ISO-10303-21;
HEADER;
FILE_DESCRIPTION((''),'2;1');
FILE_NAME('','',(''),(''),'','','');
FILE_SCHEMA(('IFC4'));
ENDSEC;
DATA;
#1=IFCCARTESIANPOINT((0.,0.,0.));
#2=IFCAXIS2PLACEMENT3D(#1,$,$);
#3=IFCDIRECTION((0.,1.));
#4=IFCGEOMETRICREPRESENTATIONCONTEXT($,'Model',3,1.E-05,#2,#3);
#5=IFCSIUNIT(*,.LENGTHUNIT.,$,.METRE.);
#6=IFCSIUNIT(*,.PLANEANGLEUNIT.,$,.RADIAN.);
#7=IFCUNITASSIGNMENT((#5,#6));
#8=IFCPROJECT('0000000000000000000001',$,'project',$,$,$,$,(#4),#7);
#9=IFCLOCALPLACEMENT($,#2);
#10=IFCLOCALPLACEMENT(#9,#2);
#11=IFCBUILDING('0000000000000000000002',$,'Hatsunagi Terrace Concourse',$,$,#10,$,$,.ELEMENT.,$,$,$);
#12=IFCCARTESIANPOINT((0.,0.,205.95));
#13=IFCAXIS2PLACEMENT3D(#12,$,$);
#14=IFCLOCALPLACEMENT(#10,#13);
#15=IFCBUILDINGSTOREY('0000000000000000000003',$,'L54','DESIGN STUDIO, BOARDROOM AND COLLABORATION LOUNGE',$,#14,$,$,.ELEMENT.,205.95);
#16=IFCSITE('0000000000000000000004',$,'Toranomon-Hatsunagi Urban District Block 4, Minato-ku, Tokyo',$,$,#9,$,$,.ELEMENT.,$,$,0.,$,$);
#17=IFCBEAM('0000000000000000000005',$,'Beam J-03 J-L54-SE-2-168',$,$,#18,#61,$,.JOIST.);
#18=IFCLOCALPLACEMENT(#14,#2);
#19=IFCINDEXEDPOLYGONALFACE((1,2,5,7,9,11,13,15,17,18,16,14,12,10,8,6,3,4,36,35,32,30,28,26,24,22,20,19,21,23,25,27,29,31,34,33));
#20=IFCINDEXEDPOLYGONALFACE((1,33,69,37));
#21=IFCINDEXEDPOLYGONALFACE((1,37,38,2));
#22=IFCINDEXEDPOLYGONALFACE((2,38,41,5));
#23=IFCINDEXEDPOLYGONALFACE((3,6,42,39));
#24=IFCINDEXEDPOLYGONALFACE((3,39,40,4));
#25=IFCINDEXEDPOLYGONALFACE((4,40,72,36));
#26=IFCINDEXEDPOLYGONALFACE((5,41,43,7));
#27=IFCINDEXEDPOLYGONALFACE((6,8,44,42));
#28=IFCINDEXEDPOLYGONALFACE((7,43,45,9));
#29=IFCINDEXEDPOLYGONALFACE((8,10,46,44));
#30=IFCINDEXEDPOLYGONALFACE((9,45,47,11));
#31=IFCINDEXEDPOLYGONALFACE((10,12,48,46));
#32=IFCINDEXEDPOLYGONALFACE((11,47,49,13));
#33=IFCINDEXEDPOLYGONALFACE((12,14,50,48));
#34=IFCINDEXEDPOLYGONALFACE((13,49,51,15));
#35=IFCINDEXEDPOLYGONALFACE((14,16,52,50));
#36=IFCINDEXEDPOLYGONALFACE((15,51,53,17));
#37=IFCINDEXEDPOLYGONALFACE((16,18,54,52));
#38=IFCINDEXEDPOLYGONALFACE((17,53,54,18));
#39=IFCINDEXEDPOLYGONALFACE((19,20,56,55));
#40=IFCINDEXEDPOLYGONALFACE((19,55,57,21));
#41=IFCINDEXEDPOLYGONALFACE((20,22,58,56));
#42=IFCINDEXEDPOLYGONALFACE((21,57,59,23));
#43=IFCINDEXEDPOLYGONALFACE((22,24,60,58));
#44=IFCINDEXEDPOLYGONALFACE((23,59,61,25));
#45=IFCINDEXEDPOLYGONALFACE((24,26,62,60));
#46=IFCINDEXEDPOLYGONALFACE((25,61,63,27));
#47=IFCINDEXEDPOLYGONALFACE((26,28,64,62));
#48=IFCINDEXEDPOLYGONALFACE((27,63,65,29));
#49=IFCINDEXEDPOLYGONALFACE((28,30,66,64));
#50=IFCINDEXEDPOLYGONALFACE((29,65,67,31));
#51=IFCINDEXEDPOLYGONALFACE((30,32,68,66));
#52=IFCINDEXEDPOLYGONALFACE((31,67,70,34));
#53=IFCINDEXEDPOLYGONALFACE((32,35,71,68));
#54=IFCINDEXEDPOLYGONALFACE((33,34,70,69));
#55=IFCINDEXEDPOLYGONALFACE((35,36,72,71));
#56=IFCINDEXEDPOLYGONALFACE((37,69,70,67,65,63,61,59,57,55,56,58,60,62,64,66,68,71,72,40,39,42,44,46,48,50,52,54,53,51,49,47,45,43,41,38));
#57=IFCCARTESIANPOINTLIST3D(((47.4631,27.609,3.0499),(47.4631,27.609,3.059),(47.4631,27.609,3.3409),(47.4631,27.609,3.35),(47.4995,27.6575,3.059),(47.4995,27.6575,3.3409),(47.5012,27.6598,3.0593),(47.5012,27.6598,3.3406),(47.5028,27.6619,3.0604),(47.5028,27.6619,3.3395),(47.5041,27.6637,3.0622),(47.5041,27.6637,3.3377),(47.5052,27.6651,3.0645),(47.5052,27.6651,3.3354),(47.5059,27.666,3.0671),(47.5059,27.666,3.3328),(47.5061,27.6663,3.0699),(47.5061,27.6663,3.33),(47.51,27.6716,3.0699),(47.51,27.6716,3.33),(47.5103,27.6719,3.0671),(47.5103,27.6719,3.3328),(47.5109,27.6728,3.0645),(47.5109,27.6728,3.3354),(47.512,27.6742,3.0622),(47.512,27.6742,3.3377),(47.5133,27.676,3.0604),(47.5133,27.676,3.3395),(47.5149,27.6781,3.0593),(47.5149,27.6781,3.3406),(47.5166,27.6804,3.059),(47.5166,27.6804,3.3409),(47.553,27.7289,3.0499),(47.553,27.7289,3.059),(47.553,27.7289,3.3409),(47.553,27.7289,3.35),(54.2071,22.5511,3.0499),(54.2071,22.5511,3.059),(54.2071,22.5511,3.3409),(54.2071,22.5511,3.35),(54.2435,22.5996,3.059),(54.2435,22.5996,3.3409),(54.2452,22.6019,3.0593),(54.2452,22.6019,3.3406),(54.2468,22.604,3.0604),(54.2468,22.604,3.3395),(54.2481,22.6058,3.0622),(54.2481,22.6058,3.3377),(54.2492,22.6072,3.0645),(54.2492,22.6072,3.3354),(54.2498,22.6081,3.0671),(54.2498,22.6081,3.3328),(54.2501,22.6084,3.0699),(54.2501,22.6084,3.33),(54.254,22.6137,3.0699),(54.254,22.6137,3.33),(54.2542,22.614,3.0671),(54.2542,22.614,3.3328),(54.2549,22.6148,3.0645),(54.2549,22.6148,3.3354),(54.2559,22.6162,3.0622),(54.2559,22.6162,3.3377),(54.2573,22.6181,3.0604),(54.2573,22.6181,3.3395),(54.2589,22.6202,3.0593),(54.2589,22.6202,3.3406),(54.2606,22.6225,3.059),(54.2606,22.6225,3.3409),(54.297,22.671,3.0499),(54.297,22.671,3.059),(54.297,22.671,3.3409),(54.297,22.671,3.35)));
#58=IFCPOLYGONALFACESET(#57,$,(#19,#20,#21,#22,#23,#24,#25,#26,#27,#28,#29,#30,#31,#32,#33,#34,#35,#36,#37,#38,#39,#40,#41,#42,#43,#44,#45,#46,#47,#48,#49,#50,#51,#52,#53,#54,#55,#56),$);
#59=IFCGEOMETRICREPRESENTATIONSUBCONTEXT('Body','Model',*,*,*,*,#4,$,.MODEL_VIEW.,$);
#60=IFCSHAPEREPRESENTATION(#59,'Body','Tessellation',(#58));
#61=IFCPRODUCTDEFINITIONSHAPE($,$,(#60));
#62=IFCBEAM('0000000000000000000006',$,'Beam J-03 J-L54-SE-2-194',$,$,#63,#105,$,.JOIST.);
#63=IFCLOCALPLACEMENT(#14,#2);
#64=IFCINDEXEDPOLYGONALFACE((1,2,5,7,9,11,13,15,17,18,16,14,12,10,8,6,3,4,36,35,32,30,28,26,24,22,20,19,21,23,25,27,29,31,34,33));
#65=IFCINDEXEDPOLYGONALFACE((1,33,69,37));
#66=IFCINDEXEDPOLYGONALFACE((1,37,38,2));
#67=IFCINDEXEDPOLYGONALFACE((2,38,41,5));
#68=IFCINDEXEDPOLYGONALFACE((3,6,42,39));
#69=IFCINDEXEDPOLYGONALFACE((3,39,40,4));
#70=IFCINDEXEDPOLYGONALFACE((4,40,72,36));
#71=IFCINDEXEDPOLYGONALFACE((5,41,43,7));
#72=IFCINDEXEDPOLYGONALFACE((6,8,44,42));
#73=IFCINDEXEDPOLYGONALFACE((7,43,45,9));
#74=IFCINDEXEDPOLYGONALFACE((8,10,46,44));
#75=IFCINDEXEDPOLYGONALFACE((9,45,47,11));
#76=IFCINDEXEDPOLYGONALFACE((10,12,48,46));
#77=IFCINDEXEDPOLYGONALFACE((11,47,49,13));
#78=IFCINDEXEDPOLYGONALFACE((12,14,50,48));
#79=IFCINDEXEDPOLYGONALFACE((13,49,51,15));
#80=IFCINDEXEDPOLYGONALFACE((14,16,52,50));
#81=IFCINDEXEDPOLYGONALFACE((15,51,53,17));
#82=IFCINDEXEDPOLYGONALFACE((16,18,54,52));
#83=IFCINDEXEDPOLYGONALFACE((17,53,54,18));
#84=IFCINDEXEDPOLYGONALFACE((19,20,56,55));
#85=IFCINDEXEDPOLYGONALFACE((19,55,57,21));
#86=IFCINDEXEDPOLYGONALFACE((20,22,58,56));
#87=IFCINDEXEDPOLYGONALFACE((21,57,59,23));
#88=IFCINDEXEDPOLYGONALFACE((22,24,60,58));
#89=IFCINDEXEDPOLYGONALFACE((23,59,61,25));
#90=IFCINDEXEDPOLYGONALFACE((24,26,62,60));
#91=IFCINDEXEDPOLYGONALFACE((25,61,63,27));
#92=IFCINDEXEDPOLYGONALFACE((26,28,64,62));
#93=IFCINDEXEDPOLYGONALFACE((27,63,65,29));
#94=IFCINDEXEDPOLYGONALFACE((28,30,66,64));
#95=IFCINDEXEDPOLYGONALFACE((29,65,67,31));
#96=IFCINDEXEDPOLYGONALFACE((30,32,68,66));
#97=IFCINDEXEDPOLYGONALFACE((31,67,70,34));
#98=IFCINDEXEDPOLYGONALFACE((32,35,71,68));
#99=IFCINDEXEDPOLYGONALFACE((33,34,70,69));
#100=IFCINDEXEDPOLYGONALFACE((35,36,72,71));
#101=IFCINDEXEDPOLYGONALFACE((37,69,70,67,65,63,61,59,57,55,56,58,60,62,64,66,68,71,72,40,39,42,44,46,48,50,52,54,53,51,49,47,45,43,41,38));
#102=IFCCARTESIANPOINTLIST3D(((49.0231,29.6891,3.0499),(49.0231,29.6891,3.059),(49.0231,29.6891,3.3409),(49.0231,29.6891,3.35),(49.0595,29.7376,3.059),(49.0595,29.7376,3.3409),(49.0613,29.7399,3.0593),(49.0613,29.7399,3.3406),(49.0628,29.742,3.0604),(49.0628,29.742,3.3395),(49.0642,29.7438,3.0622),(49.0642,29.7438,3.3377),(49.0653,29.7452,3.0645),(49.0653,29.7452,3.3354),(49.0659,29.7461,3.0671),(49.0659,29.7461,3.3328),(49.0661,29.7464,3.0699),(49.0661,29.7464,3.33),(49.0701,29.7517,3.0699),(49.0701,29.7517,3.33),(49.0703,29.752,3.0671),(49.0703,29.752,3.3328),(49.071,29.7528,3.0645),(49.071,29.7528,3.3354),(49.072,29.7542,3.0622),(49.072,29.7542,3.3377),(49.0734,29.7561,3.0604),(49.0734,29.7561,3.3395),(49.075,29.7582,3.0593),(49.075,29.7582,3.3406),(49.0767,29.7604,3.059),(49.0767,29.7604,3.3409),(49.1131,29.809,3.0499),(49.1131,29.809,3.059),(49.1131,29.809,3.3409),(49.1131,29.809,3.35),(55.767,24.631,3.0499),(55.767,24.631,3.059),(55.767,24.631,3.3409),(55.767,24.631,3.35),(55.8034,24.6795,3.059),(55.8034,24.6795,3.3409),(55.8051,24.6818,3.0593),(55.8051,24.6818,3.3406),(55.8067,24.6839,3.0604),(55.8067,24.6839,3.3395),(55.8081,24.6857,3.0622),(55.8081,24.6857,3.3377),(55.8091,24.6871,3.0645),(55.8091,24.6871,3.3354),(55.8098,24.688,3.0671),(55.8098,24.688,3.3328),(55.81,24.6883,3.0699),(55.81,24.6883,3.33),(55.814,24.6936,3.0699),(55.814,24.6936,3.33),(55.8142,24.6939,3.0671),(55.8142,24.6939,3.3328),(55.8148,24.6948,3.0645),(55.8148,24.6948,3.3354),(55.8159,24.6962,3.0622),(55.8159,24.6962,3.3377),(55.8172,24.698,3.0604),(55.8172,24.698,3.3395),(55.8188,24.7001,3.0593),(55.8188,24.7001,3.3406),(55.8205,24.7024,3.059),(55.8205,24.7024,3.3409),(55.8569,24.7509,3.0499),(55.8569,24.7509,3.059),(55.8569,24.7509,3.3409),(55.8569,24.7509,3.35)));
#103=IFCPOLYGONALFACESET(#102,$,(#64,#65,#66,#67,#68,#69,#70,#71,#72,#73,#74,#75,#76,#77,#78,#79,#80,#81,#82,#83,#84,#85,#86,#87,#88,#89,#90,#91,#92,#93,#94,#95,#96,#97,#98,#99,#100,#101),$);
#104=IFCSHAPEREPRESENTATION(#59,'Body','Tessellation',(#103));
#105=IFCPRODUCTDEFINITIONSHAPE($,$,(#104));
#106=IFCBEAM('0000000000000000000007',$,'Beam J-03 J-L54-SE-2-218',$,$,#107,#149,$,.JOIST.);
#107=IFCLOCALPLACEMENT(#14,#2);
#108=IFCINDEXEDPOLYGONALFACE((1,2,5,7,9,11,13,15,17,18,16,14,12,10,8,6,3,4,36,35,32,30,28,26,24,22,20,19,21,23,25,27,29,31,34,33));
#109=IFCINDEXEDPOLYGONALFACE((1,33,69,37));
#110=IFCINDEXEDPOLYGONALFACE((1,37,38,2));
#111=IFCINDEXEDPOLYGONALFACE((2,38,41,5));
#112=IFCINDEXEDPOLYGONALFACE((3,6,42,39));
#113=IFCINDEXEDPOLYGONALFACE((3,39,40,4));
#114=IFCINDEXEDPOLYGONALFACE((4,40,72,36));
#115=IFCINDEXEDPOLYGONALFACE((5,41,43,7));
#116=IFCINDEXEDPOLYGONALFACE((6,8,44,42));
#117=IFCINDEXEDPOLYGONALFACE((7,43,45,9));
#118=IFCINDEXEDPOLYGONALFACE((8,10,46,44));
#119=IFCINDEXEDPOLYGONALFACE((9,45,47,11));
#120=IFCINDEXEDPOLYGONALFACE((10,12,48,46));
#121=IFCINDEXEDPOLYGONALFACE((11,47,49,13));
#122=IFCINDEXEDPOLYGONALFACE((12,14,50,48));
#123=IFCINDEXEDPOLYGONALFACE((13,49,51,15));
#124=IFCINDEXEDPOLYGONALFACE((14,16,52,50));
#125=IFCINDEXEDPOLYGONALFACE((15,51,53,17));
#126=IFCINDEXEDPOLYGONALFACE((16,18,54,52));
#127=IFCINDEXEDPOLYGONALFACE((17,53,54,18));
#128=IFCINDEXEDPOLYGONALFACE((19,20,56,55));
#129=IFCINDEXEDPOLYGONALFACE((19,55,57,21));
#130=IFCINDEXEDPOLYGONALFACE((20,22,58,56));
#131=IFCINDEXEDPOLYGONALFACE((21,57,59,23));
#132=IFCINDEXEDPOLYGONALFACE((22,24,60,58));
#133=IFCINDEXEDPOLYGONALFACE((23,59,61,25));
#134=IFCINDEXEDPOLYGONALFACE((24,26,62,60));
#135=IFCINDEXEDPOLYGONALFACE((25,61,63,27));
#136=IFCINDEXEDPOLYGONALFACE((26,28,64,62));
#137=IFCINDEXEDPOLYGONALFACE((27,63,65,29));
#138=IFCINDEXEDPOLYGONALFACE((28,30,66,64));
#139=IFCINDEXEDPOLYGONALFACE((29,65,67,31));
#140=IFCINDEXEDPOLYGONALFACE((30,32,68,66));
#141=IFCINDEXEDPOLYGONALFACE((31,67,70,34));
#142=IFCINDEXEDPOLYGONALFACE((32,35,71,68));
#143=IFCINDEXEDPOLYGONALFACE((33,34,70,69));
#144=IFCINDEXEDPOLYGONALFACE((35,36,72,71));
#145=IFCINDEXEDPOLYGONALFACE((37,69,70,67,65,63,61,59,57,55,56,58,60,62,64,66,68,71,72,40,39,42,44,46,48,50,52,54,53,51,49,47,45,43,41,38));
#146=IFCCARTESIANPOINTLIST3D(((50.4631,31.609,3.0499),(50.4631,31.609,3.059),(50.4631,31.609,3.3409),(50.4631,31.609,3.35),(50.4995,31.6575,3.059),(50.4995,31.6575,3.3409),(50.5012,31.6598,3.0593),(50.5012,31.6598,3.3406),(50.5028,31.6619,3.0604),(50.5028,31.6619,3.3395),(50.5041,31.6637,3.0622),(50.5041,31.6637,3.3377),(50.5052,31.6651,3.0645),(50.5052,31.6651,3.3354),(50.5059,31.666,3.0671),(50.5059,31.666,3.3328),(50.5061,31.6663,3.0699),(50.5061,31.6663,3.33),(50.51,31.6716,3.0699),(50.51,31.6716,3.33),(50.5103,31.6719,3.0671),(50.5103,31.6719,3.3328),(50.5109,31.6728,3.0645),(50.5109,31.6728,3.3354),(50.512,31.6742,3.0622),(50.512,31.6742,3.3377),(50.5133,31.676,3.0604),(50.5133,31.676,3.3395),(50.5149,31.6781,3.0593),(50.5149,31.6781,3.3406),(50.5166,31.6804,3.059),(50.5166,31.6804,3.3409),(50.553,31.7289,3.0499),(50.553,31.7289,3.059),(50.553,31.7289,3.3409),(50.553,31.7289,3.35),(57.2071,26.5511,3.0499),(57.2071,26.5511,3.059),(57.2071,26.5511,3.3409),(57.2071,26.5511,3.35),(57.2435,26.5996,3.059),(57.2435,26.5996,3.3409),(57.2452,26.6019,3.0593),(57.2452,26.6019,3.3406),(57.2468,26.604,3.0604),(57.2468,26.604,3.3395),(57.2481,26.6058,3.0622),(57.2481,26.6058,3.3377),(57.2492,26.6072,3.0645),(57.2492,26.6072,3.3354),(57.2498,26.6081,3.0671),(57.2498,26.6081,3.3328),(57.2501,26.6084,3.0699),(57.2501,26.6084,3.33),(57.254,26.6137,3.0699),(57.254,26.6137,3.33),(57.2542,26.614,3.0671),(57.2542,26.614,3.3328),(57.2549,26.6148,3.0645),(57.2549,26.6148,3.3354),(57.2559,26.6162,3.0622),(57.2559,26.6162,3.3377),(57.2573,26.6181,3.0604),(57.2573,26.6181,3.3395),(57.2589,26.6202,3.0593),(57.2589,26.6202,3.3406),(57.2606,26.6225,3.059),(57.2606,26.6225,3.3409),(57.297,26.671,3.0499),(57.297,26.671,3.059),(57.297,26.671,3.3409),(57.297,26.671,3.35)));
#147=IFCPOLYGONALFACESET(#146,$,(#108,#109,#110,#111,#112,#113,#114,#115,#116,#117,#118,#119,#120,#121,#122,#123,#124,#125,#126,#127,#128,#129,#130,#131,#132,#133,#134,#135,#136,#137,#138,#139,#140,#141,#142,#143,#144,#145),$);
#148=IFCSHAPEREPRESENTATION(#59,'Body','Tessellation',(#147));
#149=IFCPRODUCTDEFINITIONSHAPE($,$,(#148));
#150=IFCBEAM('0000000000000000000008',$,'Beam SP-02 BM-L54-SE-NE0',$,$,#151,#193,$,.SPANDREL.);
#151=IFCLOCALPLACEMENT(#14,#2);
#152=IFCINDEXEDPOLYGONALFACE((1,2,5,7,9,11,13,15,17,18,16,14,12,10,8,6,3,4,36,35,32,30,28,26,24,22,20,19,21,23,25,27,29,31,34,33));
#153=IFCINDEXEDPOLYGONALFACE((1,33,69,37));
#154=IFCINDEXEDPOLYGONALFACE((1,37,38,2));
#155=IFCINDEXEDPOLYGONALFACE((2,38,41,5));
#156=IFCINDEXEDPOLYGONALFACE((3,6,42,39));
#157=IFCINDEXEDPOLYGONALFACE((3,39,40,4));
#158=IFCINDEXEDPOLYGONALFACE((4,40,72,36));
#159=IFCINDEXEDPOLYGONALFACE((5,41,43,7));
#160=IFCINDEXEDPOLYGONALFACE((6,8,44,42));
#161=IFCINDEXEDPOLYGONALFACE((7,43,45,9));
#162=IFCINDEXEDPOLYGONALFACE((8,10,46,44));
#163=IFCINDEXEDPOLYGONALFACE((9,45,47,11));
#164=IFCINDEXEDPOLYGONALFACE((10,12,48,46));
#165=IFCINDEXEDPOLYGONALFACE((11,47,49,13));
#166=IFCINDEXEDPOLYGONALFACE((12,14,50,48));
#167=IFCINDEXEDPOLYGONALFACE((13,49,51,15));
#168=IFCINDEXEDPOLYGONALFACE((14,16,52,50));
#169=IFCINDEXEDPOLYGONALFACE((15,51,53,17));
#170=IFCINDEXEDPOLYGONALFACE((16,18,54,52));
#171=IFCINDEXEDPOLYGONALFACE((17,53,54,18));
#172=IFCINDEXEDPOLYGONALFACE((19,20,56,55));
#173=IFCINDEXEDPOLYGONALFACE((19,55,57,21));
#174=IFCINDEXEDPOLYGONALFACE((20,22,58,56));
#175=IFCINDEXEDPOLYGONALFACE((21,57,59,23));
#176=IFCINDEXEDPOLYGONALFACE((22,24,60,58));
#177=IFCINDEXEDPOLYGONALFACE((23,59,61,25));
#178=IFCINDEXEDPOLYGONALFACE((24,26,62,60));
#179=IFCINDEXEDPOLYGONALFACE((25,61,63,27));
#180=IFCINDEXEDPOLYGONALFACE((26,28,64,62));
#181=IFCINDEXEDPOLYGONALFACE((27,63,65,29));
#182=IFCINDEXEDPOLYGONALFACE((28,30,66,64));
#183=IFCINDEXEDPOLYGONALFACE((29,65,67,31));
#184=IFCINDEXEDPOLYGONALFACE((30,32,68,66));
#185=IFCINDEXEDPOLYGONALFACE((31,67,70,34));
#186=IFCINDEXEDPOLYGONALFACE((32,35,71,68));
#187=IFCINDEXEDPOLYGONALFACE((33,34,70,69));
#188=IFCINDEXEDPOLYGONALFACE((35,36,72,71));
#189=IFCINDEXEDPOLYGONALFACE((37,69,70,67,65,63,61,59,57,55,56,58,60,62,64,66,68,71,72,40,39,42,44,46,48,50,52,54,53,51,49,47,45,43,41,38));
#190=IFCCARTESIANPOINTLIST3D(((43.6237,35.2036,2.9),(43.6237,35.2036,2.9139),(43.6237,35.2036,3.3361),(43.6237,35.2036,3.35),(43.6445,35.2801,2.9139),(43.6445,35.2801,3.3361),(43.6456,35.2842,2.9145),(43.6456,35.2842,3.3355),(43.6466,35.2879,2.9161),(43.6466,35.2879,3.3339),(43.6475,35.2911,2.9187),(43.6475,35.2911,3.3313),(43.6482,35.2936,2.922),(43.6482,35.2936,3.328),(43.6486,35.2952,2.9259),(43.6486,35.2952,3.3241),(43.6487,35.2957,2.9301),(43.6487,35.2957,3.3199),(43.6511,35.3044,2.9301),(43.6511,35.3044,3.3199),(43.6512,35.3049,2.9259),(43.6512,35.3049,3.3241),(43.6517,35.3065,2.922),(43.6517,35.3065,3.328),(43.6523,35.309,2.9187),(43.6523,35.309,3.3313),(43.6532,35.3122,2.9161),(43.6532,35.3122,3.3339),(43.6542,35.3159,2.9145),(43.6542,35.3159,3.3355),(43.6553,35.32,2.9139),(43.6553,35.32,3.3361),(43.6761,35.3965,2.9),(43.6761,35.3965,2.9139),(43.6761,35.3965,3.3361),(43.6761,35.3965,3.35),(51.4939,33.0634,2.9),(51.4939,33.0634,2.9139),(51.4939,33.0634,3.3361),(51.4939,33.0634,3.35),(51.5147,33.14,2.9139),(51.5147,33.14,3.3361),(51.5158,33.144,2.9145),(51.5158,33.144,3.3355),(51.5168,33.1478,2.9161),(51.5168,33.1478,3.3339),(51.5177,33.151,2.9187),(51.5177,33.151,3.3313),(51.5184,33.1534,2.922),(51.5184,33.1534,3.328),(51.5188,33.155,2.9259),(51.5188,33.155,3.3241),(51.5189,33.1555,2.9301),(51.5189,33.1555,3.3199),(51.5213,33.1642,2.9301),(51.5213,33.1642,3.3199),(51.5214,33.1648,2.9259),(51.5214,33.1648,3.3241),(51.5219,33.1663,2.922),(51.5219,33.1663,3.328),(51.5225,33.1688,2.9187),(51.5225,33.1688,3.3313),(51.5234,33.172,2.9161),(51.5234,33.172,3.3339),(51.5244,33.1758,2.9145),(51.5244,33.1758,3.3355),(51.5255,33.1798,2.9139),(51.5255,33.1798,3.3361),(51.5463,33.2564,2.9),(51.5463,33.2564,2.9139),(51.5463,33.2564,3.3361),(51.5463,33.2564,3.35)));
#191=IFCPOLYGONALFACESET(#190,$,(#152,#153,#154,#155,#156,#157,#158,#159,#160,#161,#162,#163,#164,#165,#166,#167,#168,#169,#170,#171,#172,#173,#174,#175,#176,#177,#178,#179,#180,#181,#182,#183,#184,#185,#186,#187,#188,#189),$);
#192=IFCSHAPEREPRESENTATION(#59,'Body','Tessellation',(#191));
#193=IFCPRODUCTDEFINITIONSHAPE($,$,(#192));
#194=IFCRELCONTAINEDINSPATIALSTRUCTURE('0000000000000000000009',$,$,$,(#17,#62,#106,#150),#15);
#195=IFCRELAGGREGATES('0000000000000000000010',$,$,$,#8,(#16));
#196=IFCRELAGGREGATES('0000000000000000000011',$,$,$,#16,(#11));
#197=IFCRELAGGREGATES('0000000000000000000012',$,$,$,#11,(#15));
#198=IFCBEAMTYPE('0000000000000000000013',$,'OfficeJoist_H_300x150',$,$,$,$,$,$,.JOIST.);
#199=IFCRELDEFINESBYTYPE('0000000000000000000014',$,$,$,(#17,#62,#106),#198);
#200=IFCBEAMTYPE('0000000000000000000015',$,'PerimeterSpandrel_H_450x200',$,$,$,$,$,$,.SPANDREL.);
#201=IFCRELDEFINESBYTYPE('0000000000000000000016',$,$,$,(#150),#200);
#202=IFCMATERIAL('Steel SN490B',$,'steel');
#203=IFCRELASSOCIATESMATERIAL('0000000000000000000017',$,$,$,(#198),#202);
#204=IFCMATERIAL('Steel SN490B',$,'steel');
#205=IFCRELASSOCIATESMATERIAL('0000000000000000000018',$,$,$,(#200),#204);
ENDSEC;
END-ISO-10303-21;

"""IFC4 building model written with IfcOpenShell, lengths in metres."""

from ifc_helpers import new_model, si_unit, direction, frame, origin, origin_2d, place, context, subcontext, project, spatial, i_section, extrude, material, material_profile, profile_set, type_object, element, save


model = new_model("IFC4")

# Units and contexts
model_context = context("Model", 3, precision=1e-05, world=origin(), true_north=direction((0.0, 1.0)))
body_context = subcontext(model_context, "Body", "Model", "MODEL_VIEW")
ifc_project = project(units=[si_unit("LENGTHUNIT", "METRE"), si_unit("PLANEANGLEUNIT", "RADIAN")], contexts=[model_context])

# Site, building, storey
site_placement = place(None, origin())
site = spatial("IfcSite", under=ifc_project, at=site_placement, Name="Toranomon-Hatsunagi Urban District Block 4, Minato-ku, Tokyo", CompositionType="ELEMENT", RefElevation=0.0)
building_placement = place(site_placement, origin())
building = spatial("IfcBuilding", under=site, at=building_placement, Name="Hatsunagi Terrace Concourse", CompositionType="ELEMENT")
storey_placement = place(building_placement, frame((0.0, 0.0, 205.95)))
storey = spatial("IfcBuildingStorey", under=building, at=storey_placement, Name="L54", Description="DESIGN STUDIO, BOARDROOM AND COLLABORATION LOUNGE", CompositionType="ELEMENT", Elevation=205.95)

# Beams
ifc_material_1 = material(Name="Steel SN490B", Category="steel")
ifc_material_profile_1 = material_profile(ifc_material_1, i_section(OverallWidth=0.1499, OverallDepth=0.3, WebThickness=0.0066, FlangeThickness=0.009, FilletRadius=0.011, at=origin_2d()), Name="H-300x150x6.5x9")
ifc_profile_set_1 = profile_set([ifc_material_profile_1], Name="Steel SN490B")
beam_type_1 = type_object("IfcBeamType", Name="OfficeJoist_H_300x150", PredefinedType="JOIST", material=ifc_profile_set_1)
for number, where, z_axis, x_axis, name in (
    (1, (47.5081, 27.6689, 3.2), (0.800003, -0.599995, 0.0), (0.599995, 0.800003, 0.0), "Beam J-03 J-L54-SE-2-168"),
    (2, (49.0681, 29.749, 3.2), (0.79999, -0.600014, 0.0), (0.600014, 0.79999, 0.0), "Beam J-03 J-L54-SE-2-194"),
    (3, (50.5081, 31.6689, 3.2), (0.800003, -0.599995, 0.0), (0.599995, 0.800003, 0.0), "Beam J-03 J-L54-SE-2-218"),
):
    element("IfcBeam", number, at=place(storey_placement, frame(where, z_axis=z_axis, x_axis=x_axis)), inside=storey, type_object=beam_type_1, Name=name, PredefinedType="JOIST", context=body_context, shape_type="SweptSolid", body=[
        extrude(i_section(OverallWidth=0.1499, OverallDepth=0.3, WebThickness=0.0066, FlangeThickness=0.009, FilletRadius=0.011, at=origin_2d()), origin(), (0.0, 0.0, 1.0), 8.4299),
    ])
ifc_material_2 = material(Name="Steel SN490B", Category="steel")
ifc_material_profile_2 = material_profile(ifc_material_2, i_section(OverallWidth=0.2, OverallDepth=0.45, WebThickness=0.009, FlangeThickness=0.0139, FilletRadius=0.0161, at=origin_2d()), Name="H-450x200x9x14")
ifc_profile_set_2 = profile_set([ifc_material_profile_2], Name="Steel SN490B")
beam_type_2 = type_object("IfcBeamType", Name="PerimeterSpandrel_H_450x200", PredefinedType="SPANDREL", material=ifc_profile_set_2)
beam_1_placement = place(storey_placement, frame((43.6499, 35.3, 3.125), z_axis=(0.964958, -0.262403, 0.0), x_axis=(0.262403, 0.964958, 0.0)))
element("IfcBeam", 4, at=beam_1_placement, inside=storey, type_object=beam_type_2, Name="Beam SP-02 BM-L54-SE-NE0", PredefinedType="SPANDREL", context=body_context, shape_type="SweptSolid", body=[
    extrude(i_section(OverallWidth=0.2, OverallDepth=0.45, WebThickness=0.009, FlangeThickness=0.0139, FilletRadius=0.0161, at=origin_2d()), origin(), (0.0, 0.0, 1.0), 8.156),
])

save(model, "model.ifc")
